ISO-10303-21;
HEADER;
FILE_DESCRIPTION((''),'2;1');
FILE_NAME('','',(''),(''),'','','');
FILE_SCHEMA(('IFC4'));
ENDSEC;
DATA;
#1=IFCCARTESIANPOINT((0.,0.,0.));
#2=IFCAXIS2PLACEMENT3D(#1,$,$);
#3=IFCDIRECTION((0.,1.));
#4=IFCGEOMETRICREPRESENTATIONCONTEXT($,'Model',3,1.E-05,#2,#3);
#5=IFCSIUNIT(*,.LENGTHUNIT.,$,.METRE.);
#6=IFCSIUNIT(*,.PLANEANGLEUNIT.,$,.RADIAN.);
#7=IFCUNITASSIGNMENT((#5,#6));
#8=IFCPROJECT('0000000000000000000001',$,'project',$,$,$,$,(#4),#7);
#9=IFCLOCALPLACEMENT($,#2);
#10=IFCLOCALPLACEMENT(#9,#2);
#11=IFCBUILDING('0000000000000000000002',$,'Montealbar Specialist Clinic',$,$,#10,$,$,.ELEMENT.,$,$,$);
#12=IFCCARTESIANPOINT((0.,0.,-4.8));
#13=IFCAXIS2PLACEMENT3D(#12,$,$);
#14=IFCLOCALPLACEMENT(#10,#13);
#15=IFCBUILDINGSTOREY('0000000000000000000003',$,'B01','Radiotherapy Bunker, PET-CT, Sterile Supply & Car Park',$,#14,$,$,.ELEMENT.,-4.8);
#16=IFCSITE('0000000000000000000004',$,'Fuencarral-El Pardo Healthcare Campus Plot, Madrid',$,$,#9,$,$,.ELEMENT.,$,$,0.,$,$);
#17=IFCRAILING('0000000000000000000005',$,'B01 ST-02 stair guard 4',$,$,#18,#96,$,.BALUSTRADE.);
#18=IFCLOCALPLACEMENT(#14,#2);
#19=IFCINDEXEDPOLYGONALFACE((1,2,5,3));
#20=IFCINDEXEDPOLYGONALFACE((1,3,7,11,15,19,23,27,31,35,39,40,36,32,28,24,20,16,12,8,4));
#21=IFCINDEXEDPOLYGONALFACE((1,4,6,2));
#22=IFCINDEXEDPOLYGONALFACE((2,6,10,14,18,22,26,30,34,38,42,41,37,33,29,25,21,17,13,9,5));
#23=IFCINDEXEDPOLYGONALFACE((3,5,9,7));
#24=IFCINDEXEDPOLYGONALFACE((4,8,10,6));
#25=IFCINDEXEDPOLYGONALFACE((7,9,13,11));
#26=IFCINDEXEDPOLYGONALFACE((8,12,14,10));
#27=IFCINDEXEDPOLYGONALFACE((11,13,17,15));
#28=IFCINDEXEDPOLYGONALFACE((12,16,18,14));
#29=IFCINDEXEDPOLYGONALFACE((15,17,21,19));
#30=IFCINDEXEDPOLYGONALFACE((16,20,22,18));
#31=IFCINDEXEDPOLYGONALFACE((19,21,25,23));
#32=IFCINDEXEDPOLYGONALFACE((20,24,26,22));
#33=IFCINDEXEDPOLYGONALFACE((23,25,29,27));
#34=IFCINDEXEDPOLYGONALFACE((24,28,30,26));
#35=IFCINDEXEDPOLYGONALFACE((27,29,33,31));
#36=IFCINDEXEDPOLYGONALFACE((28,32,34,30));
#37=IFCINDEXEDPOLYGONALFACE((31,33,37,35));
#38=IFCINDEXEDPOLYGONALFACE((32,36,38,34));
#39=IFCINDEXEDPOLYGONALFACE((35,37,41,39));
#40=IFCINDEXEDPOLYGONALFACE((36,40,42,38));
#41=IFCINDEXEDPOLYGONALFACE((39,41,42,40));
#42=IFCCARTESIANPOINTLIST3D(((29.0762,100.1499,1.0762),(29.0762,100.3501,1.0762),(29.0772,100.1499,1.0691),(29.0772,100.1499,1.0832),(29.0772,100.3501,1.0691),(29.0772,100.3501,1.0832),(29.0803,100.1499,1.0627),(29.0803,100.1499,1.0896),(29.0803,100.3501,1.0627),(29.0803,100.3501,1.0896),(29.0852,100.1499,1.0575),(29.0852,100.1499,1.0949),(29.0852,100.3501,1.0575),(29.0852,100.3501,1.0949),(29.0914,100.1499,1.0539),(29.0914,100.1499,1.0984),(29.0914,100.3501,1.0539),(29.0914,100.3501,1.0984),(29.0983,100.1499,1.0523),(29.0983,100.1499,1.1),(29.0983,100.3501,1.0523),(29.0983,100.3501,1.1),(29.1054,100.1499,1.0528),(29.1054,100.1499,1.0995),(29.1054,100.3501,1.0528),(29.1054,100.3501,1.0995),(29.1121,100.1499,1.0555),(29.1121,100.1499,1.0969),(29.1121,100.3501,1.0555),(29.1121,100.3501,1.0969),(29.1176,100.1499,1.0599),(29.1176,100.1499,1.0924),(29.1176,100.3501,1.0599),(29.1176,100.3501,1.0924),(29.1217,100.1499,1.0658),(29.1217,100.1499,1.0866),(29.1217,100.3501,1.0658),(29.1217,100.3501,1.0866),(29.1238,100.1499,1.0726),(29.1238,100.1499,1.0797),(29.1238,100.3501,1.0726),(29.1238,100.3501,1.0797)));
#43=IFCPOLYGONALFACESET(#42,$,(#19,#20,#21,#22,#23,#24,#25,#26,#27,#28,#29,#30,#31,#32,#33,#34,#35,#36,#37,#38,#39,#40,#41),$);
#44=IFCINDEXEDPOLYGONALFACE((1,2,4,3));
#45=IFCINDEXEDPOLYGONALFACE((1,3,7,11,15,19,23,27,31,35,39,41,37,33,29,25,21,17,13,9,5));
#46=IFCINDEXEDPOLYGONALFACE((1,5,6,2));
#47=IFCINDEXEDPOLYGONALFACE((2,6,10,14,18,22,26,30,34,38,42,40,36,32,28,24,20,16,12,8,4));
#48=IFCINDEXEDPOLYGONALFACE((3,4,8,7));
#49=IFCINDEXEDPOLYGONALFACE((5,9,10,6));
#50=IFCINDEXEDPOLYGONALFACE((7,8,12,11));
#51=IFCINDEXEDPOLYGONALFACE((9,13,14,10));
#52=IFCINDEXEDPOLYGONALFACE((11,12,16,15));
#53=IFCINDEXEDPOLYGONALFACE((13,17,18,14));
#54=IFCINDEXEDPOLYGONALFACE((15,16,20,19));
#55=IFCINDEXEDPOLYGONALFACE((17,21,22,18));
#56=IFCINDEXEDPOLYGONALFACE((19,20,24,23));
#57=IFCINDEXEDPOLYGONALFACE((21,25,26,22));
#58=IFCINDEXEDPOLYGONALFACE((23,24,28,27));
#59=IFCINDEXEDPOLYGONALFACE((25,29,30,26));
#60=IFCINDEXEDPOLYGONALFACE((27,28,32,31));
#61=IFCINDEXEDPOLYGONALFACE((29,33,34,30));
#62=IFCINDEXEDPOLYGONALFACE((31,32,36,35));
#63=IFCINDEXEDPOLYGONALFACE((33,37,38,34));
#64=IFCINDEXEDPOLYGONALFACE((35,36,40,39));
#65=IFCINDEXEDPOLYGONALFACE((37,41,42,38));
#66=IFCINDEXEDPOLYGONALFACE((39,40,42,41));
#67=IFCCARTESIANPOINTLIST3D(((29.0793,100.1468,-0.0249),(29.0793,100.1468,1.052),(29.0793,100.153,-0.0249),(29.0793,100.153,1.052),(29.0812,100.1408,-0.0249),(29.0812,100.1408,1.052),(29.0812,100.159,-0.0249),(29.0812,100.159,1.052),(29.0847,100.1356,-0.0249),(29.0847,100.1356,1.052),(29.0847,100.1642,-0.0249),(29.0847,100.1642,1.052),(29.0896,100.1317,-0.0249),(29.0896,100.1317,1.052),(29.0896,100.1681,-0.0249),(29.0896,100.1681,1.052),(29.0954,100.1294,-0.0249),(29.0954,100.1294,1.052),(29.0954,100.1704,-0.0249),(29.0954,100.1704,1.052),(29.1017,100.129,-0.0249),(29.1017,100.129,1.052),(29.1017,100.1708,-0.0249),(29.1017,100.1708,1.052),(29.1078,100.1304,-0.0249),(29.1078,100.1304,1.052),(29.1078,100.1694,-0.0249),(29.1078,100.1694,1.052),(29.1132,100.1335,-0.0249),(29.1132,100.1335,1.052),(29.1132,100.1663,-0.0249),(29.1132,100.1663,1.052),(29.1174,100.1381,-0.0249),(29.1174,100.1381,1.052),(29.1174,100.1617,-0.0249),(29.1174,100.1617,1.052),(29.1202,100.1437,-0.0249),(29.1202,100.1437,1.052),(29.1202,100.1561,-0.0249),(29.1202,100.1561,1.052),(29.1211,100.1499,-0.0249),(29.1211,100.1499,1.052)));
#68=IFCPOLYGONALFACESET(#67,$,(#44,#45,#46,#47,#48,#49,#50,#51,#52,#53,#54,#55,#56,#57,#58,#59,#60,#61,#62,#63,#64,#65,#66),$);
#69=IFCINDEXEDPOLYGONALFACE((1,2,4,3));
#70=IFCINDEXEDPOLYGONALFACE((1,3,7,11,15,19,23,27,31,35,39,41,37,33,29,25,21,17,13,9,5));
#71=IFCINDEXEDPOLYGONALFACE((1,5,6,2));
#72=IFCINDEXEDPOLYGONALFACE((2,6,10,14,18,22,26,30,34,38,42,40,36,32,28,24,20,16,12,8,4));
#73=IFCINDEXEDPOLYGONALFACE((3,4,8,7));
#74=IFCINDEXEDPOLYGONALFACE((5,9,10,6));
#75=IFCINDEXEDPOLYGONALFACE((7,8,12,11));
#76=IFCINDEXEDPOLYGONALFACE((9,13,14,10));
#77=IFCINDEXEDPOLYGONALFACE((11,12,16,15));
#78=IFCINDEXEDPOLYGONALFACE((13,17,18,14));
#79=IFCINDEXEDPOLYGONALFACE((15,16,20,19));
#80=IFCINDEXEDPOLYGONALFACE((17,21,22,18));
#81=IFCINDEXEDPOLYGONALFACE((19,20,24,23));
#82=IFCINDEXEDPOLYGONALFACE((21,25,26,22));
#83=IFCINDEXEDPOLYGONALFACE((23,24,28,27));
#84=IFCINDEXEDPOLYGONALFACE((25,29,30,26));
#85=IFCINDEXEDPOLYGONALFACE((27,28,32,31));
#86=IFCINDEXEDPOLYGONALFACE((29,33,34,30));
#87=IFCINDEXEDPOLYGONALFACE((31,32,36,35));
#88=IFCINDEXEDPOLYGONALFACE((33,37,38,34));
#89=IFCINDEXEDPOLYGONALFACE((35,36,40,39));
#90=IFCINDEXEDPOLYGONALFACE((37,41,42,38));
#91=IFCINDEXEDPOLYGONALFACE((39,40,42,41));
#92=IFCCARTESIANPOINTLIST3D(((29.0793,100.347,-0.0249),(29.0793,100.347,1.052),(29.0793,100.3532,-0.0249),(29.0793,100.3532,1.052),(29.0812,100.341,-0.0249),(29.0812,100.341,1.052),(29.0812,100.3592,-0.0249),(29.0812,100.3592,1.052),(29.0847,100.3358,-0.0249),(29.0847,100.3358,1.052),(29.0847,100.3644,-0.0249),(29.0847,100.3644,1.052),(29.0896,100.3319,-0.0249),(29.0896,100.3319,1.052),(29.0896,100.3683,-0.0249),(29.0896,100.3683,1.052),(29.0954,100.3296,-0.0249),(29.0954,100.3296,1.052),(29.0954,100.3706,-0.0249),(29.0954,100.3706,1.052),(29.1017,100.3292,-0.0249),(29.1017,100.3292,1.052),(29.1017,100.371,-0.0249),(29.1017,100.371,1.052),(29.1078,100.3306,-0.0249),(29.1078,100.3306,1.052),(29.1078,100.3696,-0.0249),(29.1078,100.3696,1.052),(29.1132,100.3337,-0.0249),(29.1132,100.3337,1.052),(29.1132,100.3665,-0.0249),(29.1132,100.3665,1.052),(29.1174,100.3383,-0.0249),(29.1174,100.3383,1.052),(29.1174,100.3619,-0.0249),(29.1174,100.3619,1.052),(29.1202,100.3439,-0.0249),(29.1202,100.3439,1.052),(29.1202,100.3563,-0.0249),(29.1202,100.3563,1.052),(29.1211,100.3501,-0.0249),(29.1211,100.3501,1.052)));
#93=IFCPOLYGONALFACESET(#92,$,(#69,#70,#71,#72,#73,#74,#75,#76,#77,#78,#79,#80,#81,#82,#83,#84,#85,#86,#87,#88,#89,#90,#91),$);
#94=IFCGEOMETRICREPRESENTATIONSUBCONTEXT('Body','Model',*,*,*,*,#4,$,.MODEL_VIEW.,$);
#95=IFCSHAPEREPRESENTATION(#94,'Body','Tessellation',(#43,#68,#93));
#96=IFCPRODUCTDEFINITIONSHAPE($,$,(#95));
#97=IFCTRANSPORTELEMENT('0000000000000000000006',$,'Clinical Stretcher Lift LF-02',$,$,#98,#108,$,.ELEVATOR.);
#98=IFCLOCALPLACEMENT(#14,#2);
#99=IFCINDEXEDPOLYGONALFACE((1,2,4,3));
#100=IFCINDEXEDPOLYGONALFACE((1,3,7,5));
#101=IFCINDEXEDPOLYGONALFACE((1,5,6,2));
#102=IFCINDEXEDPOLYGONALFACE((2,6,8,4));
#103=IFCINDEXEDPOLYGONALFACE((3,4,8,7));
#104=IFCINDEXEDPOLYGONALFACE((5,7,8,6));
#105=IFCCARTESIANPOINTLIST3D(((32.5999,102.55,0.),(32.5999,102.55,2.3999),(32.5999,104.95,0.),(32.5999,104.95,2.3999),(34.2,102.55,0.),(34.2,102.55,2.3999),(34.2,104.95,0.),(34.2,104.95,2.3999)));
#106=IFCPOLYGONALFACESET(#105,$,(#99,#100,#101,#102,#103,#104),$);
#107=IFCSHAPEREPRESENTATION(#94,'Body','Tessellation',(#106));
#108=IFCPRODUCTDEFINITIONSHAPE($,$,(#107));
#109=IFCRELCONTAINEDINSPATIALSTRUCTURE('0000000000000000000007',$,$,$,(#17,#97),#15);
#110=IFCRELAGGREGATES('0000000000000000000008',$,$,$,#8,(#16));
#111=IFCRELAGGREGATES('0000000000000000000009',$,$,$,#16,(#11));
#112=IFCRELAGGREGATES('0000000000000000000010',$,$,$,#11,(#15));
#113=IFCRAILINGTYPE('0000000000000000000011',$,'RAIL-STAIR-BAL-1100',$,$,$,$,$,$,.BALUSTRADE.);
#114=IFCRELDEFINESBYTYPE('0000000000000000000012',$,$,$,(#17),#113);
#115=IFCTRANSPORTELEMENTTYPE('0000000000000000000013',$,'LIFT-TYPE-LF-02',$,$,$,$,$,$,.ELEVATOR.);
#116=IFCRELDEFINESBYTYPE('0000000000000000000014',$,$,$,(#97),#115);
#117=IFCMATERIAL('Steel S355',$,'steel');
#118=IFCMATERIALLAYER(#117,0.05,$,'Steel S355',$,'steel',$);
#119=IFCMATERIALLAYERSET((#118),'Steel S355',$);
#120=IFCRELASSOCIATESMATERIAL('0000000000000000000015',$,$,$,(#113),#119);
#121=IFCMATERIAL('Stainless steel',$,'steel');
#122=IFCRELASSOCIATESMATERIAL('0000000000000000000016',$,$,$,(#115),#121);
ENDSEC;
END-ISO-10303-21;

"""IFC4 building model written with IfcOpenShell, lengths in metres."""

from ifc_helpers import new_model, si_unit, direction, frame, origin, origin_2d, place, context, subcontext, project, spatial, rectangle, circle, extrude, material, layer, layer_set, type_object, element, save


model = new_model("IFC4")

# Units and contexts
model_context = context("Model", 3, precision=1e-05, world=origin(), true_north=direction((0.0, 1.0)))
body_context = subcontext(model_context, "Body", "Model", "MODEL_VIEW")
ifc_project = project(units=[si_unit("LENGTHUNIT", "METRE"), si_unit("PLANEANGLEUNIT", "RADIAN")], contexts=[model_context])

# Site, building, storey
site_placement = place(None, origin())
site = spatial("IfcSite", under=ifc_project, at=site_placement, Name="Fuencarral-El Pardo Healthcare Campus Plot, Madrid", CompositionType="ELEMENT", RefElevation=0.0)
building_placement = place(site_placement, origin())
building = spatial("IfcBuilding", under=site, at=building_placement, Name="Montealbar Specialist Clinic", CompositionType="ELEMENT")
storey_placement = place(building_placement, frame((0.0, 0.0, -4.8)))
storey = spatial("IfcBuildingStorey", under=building, at=storey_placement, Name="B01", Description="Radiotherapy Bunker, PET-CT, Sterile Supply & Car Park", CompositionType="ELEMENT", Elevation=-4.8)

# Shared definitions
ifc_material_1 = material(Name="Steel S355", Category="steel")

# Railing
ifc_layer_1 = layer(ifc_material_1, 0.05, Name="Steel S355", Category="steel")
ifc_layer_set_1 = layer_set([ifc_layer_1], Name="Steel S355")
railing_type_1 = type_object("IfcRailingType", Name="RAIL-STAIR-BAL-1100", PredefinedType="BALUSTRADE", material=ifc_layer_set_1)
railing_1_placement = place(storey_placement, frame((29.1001, 100.1499, 0.0)))
element("IfcRailing", 1, at=railing_1_placement, inside=storey, type_object=railing_type_1, Name="B01 ST-02 stair guard 4", PredefinedType="BALUSTRADE", context=body_context, shape_type="SweptSolid", body=[
    extrude(circle(Radius=0.0239, at=origin_2d()), frame((0.0, 0.0, 1.0762), z_axis=(0.0, 1.0, 0.0), x_axis=(-1.0, 0.0, 0.0)), (0.0, 0.0, 1.0), 0.2002),
    extrude(circle(Radius=0.021, at=origin_2d()), frame((0.0, 0.0, -0.0249)), (0.0, 0.0, 1.0), 1.0769),
    extrude(circle(Radius=0.021, at=origin_2d()), frame((0.0, 0.2002, -0.0249)), (0.0, 0.0, 1.0), 1.0769),
])

# Transport element
ifc_material_2 = material(Name="Stainless steel", Category="steel")
transport_element_type = type_object("IfcTransportElementType", Name="LIFT-TYPE-LF-02", PredefinedType="ELEVATOR", material=ifc_material_2)
transport_element_placement = place(storey_placement, frame((33.3999, 103.75, 0.0), z_axis=(0.0, 0.0, 1.0), x_axis=(1.0, 0.0, 0.0)))
element("IfcTransportElement", 2, at=transport_element_placement, inside=storey, type_object=transport_element_type, Name="Clinical Stretcher Lift LF-02", PredefinedType="ELEVATOR", context=body_context, shape_type="SweptSolid", body=[
    extrude(rectangle(XDim=1.6001, YDim=2.3999, at=origin_2d()), origin(), (0.0, 0.0, 1.0), 2.3999),
])

save(model, "model.ifc")
